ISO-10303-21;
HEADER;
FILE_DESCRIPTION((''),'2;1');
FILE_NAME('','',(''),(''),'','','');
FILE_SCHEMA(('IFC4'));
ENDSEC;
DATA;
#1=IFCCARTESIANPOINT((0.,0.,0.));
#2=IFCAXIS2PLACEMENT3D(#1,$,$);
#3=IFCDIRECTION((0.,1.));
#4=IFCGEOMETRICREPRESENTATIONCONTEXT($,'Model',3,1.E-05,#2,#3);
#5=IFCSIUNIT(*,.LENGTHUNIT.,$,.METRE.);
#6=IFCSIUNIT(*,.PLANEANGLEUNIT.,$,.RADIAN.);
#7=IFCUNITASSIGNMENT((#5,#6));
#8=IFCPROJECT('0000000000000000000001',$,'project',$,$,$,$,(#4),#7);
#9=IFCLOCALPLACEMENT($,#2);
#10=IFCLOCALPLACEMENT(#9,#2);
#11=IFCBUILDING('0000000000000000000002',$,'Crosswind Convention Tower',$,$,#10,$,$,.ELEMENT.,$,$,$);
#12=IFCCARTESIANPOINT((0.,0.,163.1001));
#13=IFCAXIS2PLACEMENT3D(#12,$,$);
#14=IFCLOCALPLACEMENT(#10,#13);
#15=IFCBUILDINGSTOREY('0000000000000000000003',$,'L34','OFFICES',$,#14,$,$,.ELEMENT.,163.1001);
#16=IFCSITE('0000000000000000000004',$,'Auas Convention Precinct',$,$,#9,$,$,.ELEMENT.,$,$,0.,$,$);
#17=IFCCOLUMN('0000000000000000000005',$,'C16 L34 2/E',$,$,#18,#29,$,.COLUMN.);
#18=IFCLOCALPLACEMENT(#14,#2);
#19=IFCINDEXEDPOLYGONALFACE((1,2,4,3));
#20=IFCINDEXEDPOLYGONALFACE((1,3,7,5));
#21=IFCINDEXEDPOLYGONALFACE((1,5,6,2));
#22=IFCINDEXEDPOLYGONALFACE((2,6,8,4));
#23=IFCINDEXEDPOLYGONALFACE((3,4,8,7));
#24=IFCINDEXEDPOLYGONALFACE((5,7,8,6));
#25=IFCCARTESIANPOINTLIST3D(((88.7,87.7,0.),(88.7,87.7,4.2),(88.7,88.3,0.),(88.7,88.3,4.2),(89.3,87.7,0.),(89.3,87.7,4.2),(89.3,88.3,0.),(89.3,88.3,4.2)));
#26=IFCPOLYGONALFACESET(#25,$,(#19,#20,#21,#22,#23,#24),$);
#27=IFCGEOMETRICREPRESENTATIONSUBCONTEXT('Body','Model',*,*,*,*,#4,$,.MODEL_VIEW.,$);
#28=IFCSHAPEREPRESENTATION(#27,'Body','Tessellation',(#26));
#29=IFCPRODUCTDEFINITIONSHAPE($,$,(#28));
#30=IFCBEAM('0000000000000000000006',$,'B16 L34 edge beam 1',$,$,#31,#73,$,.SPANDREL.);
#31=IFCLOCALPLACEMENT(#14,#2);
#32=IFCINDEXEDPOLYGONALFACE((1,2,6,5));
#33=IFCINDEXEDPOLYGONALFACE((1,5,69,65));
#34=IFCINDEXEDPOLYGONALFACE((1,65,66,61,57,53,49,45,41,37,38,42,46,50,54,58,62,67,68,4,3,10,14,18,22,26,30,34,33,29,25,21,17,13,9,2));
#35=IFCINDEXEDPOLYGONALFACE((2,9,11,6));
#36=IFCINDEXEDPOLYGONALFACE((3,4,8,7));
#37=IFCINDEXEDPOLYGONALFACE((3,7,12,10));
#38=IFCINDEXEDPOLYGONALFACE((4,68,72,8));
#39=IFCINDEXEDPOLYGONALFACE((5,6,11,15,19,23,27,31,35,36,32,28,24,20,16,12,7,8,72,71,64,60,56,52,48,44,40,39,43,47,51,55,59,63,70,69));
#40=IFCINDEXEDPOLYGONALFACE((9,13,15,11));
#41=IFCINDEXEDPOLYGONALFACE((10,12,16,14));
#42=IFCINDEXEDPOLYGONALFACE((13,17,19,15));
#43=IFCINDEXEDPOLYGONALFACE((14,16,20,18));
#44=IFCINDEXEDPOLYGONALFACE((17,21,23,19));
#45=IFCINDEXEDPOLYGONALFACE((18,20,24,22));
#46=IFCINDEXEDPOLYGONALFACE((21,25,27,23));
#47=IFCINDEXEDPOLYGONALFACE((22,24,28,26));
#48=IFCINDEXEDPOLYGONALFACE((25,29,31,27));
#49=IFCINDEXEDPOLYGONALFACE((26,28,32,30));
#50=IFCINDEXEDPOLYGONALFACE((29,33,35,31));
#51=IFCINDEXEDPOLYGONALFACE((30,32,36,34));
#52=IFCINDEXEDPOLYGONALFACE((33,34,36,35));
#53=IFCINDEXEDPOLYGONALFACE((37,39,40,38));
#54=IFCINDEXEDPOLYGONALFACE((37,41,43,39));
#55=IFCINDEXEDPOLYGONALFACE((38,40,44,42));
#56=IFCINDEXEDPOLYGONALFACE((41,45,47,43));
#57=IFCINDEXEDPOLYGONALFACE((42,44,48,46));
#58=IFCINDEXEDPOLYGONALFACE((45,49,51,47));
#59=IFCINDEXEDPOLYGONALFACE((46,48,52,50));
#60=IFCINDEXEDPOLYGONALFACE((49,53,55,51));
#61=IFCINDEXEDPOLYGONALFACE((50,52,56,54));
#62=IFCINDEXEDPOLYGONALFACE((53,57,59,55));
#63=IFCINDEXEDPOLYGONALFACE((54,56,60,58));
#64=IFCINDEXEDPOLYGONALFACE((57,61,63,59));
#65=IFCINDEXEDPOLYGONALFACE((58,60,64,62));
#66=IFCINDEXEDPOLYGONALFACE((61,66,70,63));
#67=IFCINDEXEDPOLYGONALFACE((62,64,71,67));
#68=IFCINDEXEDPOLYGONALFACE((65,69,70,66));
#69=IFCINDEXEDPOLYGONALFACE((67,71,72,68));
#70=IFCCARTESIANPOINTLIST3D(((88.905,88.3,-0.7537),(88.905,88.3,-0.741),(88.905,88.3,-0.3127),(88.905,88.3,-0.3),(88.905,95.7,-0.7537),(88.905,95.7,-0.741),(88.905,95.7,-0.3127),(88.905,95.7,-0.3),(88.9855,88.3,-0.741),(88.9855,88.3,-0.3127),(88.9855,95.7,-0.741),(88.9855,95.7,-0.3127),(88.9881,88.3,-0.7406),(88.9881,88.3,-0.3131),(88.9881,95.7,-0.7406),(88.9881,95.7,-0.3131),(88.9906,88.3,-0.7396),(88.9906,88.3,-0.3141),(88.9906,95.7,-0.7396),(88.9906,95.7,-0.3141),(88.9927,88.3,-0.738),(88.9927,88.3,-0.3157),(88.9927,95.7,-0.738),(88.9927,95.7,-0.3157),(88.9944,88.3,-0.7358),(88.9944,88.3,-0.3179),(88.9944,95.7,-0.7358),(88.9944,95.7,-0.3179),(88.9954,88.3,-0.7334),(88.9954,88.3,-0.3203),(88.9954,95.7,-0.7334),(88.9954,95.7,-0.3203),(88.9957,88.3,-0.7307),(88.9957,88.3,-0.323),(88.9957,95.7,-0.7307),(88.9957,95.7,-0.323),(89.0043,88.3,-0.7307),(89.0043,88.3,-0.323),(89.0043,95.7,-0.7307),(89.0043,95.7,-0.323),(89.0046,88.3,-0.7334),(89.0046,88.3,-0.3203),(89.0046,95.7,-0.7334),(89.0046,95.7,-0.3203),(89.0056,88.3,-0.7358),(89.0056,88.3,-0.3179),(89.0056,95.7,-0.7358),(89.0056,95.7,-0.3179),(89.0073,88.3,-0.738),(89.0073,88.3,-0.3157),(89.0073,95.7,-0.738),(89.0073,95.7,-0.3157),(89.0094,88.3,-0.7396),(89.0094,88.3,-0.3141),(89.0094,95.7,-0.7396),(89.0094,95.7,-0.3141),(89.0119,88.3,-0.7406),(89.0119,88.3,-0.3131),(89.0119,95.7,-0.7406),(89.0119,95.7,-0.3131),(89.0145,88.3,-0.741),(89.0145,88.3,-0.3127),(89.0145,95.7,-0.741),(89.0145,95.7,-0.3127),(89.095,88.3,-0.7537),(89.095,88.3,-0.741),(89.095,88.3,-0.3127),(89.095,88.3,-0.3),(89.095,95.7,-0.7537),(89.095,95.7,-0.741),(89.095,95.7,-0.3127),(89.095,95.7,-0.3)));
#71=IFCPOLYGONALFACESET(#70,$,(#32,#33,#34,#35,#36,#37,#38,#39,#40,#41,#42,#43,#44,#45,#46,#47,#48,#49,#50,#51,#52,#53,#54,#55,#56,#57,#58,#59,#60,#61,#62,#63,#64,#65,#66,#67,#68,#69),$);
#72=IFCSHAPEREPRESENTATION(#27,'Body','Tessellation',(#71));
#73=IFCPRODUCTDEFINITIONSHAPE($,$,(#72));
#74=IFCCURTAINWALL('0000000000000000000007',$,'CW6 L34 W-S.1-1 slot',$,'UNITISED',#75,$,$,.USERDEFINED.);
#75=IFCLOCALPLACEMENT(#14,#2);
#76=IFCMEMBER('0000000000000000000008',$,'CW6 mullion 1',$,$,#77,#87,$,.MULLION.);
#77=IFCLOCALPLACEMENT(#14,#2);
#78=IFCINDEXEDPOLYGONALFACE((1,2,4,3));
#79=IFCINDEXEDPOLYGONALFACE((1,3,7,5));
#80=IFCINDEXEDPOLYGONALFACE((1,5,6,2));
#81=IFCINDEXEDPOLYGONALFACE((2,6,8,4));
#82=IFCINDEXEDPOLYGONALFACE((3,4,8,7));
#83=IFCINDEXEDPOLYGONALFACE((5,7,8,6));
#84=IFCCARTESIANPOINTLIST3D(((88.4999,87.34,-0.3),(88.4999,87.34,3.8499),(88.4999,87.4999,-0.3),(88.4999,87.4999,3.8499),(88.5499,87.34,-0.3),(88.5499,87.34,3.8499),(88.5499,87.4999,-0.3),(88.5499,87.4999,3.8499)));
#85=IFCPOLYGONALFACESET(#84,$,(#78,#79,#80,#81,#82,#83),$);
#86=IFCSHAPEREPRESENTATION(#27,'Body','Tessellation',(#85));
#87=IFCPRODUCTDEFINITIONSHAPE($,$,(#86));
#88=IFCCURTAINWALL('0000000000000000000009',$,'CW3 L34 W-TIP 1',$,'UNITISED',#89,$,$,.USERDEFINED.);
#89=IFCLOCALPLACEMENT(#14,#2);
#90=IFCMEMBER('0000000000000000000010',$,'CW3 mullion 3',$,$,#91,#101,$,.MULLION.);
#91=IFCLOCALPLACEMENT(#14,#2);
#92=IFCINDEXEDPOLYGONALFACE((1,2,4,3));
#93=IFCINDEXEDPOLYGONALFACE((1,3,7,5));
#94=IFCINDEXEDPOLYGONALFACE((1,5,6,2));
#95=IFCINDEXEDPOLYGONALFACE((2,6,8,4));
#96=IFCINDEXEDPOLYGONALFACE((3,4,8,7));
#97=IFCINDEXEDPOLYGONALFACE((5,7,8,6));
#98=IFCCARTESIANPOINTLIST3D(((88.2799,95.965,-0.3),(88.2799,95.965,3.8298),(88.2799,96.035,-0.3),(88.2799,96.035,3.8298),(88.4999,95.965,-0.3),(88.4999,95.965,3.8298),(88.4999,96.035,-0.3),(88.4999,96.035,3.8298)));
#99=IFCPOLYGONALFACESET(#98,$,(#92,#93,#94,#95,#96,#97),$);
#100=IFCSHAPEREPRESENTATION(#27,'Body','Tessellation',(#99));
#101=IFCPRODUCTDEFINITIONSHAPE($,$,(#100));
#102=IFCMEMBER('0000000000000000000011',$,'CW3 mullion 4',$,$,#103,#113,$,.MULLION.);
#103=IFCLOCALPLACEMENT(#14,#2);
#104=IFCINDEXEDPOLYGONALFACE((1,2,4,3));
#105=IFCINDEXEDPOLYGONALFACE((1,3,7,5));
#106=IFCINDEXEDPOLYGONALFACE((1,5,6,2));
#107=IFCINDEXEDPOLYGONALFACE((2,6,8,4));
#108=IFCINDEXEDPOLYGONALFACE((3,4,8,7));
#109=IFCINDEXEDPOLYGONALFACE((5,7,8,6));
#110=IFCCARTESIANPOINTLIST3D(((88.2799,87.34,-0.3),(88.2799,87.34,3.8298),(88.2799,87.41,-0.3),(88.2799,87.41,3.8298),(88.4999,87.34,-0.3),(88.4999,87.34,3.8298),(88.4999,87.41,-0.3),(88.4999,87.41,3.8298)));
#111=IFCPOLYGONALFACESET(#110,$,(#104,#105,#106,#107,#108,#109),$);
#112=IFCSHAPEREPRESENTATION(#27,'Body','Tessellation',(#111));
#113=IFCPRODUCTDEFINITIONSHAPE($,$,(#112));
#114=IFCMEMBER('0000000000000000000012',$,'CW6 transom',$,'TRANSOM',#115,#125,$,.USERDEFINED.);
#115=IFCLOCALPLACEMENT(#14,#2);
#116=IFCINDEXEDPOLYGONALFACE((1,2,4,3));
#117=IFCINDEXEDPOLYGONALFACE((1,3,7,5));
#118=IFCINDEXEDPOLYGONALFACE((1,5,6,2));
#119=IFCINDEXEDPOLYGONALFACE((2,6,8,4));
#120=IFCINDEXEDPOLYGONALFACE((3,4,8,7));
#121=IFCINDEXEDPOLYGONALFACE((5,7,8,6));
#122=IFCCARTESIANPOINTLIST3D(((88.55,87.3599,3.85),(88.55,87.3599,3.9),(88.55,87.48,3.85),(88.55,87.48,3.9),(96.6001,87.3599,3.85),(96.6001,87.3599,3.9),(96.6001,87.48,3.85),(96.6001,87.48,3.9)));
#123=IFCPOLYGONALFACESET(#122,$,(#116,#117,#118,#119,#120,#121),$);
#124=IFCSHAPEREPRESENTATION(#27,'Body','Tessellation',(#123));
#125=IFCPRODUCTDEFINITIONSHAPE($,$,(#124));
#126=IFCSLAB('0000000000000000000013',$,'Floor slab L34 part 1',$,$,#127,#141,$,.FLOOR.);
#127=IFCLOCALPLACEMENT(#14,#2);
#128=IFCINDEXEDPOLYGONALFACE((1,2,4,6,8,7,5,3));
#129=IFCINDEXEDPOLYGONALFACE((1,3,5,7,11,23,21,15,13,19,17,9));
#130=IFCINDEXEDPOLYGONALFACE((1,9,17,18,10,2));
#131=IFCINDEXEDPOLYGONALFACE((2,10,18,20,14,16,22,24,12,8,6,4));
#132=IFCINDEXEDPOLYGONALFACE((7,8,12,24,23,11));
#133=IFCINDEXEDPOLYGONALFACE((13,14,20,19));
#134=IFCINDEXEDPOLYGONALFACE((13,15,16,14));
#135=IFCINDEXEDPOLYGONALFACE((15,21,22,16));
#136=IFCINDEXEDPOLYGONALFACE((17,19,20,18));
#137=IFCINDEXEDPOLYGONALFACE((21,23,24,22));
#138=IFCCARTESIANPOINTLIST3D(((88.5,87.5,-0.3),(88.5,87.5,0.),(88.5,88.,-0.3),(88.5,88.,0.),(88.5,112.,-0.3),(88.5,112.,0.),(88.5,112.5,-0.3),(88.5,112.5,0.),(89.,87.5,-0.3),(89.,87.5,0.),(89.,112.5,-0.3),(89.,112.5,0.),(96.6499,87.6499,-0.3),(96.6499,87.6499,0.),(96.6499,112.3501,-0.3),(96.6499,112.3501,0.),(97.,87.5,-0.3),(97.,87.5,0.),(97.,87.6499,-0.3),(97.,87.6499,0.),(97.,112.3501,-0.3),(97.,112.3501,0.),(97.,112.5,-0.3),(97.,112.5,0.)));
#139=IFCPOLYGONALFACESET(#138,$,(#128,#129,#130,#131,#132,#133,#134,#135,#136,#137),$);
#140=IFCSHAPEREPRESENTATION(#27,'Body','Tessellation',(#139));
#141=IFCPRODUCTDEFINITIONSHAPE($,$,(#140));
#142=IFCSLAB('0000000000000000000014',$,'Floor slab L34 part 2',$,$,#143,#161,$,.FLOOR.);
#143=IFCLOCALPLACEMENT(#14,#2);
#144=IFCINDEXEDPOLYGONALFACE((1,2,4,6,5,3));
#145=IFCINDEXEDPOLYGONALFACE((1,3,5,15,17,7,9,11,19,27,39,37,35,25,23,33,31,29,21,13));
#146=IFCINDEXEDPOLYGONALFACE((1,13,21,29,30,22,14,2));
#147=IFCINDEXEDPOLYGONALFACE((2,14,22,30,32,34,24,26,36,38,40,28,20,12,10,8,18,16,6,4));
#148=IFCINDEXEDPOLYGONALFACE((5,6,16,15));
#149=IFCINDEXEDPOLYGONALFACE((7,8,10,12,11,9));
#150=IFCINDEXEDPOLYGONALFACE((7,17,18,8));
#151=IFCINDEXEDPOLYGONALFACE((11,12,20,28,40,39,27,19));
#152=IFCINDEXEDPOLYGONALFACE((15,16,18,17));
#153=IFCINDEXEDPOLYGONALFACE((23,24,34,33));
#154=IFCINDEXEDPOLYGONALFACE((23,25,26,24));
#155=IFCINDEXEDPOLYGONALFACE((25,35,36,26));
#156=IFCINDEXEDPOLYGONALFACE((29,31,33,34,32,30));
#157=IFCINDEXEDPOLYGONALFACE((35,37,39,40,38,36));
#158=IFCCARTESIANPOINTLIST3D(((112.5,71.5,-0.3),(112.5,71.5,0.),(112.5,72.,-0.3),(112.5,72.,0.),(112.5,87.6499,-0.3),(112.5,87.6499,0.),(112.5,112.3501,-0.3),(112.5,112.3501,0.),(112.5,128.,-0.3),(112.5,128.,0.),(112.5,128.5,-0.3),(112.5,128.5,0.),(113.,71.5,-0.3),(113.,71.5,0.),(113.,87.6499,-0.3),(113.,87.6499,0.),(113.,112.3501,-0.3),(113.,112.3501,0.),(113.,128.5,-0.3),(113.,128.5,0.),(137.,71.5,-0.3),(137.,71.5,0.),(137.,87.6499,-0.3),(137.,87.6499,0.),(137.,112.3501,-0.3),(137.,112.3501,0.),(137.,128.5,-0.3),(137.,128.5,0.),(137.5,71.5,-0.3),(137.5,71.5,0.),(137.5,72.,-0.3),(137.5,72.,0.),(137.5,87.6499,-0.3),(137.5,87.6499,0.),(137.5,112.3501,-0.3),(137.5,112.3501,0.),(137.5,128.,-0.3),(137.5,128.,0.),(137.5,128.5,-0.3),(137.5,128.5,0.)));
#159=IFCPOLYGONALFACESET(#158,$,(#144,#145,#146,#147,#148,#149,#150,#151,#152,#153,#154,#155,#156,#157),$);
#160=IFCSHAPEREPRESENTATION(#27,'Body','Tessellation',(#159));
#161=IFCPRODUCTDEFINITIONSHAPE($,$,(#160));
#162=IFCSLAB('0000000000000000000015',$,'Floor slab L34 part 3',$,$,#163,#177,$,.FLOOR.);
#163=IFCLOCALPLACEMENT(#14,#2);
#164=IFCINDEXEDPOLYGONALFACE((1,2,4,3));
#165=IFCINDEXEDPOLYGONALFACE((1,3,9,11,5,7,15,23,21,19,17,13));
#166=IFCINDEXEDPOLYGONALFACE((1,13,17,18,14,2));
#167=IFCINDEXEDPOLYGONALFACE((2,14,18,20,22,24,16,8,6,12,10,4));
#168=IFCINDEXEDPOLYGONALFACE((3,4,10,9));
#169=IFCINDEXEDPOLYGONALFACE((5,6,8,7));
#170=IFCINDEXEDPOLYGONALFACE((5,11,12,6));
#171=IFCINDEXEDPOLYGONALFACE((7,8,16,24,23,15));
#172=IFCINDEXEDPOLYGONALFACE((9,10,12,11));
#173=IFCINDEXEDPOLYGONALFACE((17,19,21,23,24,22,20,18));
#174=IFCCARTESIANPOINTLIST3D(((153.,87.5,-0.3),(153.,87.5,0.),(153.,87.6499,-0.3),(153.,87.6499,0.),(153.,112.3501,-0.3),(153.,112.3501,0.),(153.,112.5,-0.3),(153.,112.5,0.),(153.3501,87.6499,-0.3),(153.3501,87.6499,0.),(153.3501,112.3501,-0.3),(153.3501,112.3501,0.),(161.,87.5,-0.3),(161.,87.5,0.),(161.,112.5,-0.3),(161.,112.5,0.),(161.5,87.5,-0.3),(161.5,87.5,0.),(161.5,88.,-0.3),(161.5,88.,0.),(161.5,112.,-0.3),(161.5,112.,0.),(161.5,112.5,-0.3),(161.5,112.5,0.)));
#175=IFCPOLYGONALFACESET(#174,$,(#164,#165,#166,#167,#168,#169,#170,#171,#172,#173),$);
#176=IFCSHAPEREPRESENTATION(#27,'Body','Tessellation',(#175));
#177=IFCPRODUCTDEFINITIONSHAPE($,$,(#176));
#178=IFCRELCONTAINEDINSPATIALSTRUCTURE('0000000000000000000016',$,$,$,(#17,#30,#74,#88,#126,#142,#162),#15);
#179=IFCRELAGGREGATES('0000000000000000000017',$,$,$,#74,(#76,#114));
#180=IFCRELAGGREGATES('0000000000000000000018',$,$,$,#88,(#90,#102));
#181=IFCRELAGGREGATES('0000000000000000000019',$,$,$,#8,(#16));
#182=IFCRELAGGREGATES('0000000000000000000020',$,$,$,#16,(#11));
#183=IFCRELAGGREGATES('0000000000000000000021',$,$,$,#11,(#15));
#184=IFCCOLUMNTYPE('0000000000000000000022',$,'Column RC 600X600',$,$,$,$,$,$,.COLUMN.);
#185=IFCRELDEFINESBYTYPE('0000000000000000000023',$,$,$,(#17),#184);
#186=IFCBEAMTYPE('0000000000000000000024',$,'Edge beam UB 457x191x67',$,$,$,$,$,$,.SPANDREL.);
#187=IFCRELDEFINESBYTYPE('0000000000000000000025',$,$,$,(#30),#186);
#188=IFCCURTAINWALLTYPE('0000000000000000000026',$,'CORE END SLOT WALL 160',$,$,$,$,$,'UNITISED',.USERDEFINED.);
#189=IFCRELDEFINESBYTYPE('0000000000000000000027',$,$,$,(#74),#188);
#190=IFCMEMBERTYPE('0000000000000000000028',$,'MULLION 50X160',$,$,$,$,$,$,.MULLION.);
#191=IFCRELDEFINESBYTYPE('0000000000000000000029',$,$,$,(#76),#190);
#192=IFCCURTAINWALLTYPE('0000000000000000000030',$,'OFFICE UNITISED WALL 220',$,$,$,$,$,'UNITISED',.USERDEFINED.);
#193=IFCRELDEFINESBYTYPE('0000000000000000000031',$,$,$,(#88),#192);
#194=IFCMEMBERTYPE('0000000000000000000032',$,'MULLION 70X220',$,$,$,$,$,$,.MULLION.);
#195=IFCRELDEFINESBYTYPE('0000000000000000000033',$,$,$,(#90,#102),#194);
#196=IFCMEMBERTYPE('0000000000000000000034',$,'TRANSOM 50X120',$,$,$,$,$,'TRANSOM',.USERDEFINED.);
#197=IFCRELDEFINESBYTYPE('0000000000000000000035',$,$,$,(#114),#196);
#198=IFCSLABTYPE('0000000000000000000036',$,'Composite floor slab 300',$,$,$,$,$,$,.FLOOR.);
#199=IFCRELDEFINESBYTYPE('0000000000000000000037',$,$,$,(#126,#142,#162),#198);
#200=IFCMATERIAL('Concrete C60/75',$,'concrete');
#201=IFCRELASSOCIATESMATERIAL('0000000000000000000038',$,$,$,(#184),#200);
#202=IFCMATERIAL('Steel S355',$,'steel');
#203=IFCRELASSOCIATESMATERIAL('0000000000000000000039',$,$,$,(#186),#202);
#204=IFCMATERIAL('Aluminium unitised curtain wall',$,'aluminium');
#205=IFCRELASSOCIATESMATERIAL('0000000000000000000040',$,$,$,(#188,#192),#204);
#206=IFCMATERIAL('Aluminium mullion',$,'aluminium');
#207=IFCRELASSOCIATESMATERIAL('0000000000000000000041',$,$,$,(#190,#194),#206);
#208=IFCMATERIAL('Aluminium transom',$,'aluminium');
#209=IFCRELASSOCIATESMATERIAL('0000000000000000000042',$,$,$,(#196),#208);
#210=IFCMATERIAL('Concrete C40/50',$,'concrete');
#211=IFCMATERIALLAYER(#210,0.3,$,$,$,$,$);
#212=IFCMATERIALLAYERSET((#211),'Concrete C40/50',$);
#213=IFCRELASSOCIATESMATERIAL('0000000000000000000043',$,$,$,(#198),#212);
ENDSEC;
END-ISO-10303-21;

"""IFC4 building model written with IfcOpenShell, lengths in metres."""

from ifc_helpers import new_model, si_unit, direction, frame, origin, origin_2d, place, context, subcontext, project, spatial, polyline, rectangle, i_section, outline, extrude, material, layer, layer_set, material_profile, profile_set, type_object, element, aggregate, save


model = new_model("IFC4")

# Units and contexts
model_context = context("Model", 3, precision=1e-05, world=origin(), true_north=direction((0.0, 1.0)))
body_context = subcontext(model_context, "Body", "Model", "MODEL_VIEW")
ifc_project = project(units=[si_unit("LENGTHUNIT", "METRE"), si_unit("PLANEANGLEUNIT", "RADIAN")], contexts=[model_context])

# Site, building, storey
site_placement = place(None, origin())
site = spatial("IfcSite", under=ifc_project, at=site_placement, Name="Auas Convention Precinct", CompositionType="ELEMENT", RefElevation=0.0)
building_placement = place(site_placement, origin())
building = spatial("IfcBuilding", under=site, at=building_placement, Name="Crosswind Convention Tower", CompositionType="ELEMENT")
storey_placement = place(building_placement, frame((0.0, 0.0, 163.1001)))
storey = spatial("IfcBuildingStorey", under=building, at=storey_placement, Name="L34", Description="OFFICES", CompositionType="ELEMENT", Elevation=163.1001)

# Column
ifc_material_1 = material(Name="Concrete C60/75", Category="concrete")
ifc_material_profile_1 = material_profile(ifc_material_1, rectangle(XDim=0.6001, YDim=0.6001, at=origin_2d()), Name="RC 600X600")
ifc_profile_set_1 = profile_set([ifc_material_profile_1], Name="Concrete C60/75")
column_type = type_object("IfcColumnType", Name="Column RC 600X600", PredefinedType="COLUMN", material=ifc_profile_set_1)
column_placement = place(storey_placement, frame((89.0, 88.0, 0.0), z_axis=(0.0, 0.0, 1.0), x_axis=(1.0, 0.0, 0.0)))
element("IfcColumn", 1, at=column_placement, inside=storey, type_object=column_type, Name="C16 L34 2/E", PredefinedType="COLUMN", context=body_context, shape_type="SweptSolid", body=[
    extrude(rectangle(XDim=0.6001, YDim=0.6001, at=origin_2d()), origin(), (0.0, 0.0, 1.0), 4.2),
])

# Beam
ifc_material_2 = material(Name="Steel S355", Category="steel")
ifc_material_profile_2 = material_profile(ifc_material_2, i_section(OverallWidth=0.1899, OverallDepth=0.4536, WebThickness=0.0085, FlangeThickness=0.0127, FilletRadius=0.0103, at=origin_2d()), Name="UB 457x191x67")
ifc_profile_set_2 = profile_set([ifc_material_profile_2], Name="Steel S355")
beam_type = type_object("IfcBeamType", Name="Edge beam UB 457x191x67", PredefinedType="SPANDREL", material=ifc_profile_set_2)
beam_placement = place(storey_placement, frame((89.0, 88.3, -0.5269), z_axis=(0.0, 1.0, 0.0), x_axis=(-1.0, 0.0, 0.0)))
element("IfcBeam", 2, at=beam_placement, inside=storey, type_object=beam_type, Name="B16 L34 edge beam 1", PredefinedType="SPANDREL", context=body_context, shape_type="SweptSolid", body=[
    extrude(i_section(OverallWidth=0.1899, OverallDepth=0.4536, WebThickness=0.0085, FlangeThickness=0.0127, FilletRadius=0.0103, at=origin_2d()), origin(), (0.0, 0.0, 1.0), 7.3999),
])

# Curtain wall, member
ifc_material_3 = material(Name="Aluminium unitised curtain wall", Category="aluminium")
curtain_wall_type_1 = type_object("IfcCurtainWallType", Name="CORE END SLOT WALL 160", ElementType="UNITISED", PredefinedType="USERDEFINED", material=ifc_material_3)
curtain_wall_1_placement = place(storey_placement, origin())
curtain_wall_1 = element("IfcCurtainWall", 3, at=curtain_wall_1_placement, inside=storey, type_object=curtain_wall_type_1, Name="CW6 L34 W-S.1-1 slot", ObjectType="UNITISED", PredefinedType="USERDEFINED")
ifc_material_4 = material(Name="Aluminium mullion", Category="aluminium")
ifc_material_profile_3 = material_profile(ifc_material_4, rectangle(XDim=0.1599, YDim=0.05, at=origin_2d()), Name="AL 160X50")
ifc_profile_set_3 = profile_set([ifc_material_profile_3], Name="Aluminium mullion")
member_type_1 = type_object("IfcMemberType", Name="MULLION 50X160", PredefinedType="MULLION", material=ifc_profile_set_3)
member_1_placement = place(storey_placement, frame((88.5249, 87.4199, -0.3), z_axis=(0.0, 0.0, 1.0), x_axis=(0.0, -1.0, 0.0)))
member_1 = element("IfcMember", 4, at=member_1_placement, type_object=member_type_1, Name="CW6 mullion 1", PredefinedType="MULLION", context=body_context, shape_type="SweptSolid", body=[
    extrude(rectangle(XDim=0.1599, YDim=0.05, at=origin_2d()), origin(), (0.0, 0.0, 1.0), 4.1499),
])

# Curtain wall, members
curtain_wall_type_2 = type_object("IfcCurtainWallType", Name="OFFICE UNITISED WALL 220", ElementType="UNITISED", PredefinedType="USERDEFINED", material=ifc_material_3)
curtain_wall_2_placement = place(storey_placement, origin())
curtain_wall_2 = element("IfcCurtainWall", 5, at=curtain_wall_2_placement, inside=storey, type_object=curtain_wall_type_2, Name="CW3 L34 W-TIP 1", ObjectType="UNITISED", PredefinedType="USERDEFINED")
ifc_material_profile_4 = material_profile(ifc_material_4, rectangle(XDim=0.22, YDim=0.0701, at=origin_2d()), Name="AL 220X70")
ifc_profile_set_4 = profile_set([ifc_material_profile_4], Name="Aluminium mullion")
member_type_2 = type_object("IfcMemberType", Name="MULLION 70X220", PredefinedType="MULLION", material=ifc_profile_set_4)
member_2_placement = place(storey_placement, frame((88.3899, 96.0, -0.3), z_axis=(0.0, 0.0, 1.0), x_axis=(-1.0, 0.0, 0.0)))
member_2 = element("IfcMember", 6, at=member_2_placement, type_object=member_type_2, Name="CW3 mullion 3", PredefinedType="MULLION", context=body_context, shape_type="SweptSolid", body=[
    extrude(rectangle(XDim=0.22, YDim=0.0701, at=origin_2d()), origin(), (0.0, 0.0, 1.0), 4.1299),
])
member_3_placement = place(storey_placement, frame((88.3899, 87.375, -0.3), z_axis=(0.0, 0.0, 1.0), x_axis=(-1.0, 0.0, 0.0)))
member_3 = element("IfcMember", 7, at=member_3_placement, type_object=member_type_2, Name="CW3 mullion 4", PredefinedType="MULLION", context=body_context, shape_type="SweptSolid", body=[
    extrude(rectangle(XDim=0.22, YDim=0.0701, at=origin_2d()), origin(), (0.0, 0.0, 1.0), 4.1299),
])

# Member
ifc_material_5 = material(Name="Aluminium transom", Category="aluminium")
ifc_material_profile_5 = material_profile(ifc_material_5, rectangle(XDim=0.1201, YDim=0.05, at=origin_2d()), Name="AL 120X50")
ifc_profile_set_5 = profile_set([ifc_material_profile_5], Name="Aluminium transom")
member_type_3 = type_object("IfcMemberType", Name="TRANSOM 50X120", ElementType="TRANSOM", PredefinedType="USERDEFINED", material=ifc_profile_set_5)
member_4_placement = place(storey_placement, frame((88.55, 87.4199, 3.875), z_axis=(1.0, 0.0, 0.0), x_axis=(0.0, 1.0, 0.0)))
member_4 = element("IfcMember", 8, at=member_4_placement, type_object=member_type_3, Name="CW6 transom", ObjectType="TRANSOM", PredefinedType="USERDEFINED", context=body_context, shape_type="SweptSolid", body=[
    extrude(rectangle(XDim=0.1201, YDim=0.05, at=origin_2d()), origin(), (0.0, 0.0, 1.0), 8.05),
])

# Slabs
ifc_material_6 = material(Name="Concrete C40/50", Category="concrete")
ifc_layer_1 = layer(ifc_material_6, 0.3)
ifc_layer_set_1 = layer_set([ifc_layer_1], Name="Concrete C40/50")
slab_type_1 = type_object("IfcSlabType", Name="Composite floor slab 300", PredefinedType="FLOOR", material=ifc_layer_set_1)
slab_1_placement = place(storey_placement, frame((0.0, 0.0, -0.3)))
element("IfcSlab", 9, at=slab_1_placement, inside=storey, type_object=slab_type_1, Name="Floor slab L34 part 1", PredefinedType="FLOOR", context=body_context, shape_type="SweptSolid", body=[
    extrude(outline(polyline([(97.0, 87.5), (89.0, 87.5), (88.5, 87.5), (88.5, 88.0), (88.5, 112.0), (88.5, 112.5), (89.0, 112.5), (97.0, 112.5), (97.0, 112.3501), (96.6499, 112.3501), (96.6499, 87.6499), (97.0, 87.6499), (97.0, 87.5)])), origin(), (0.0, 0.0, 1.0), 0.3),
])
slab_2_placement = place(storey_placement, frame((0.0, 0.0, -0.3)))
element("IfcSlab", 10, at=slab_2_placement, inside=storey, type_object=slab_type_1, Name="Floor slab L34 part 2", PredefinedType="FLOOR", context=body_context, shape_type="SweptSolid", body=[
    extrude(outline(polyline([(112.5, 87.6499), (113.0, 87.6499), (113.0, 112.3501), (112.5, 112.3501), (112.5, 128.0), (112.5, 128.5), (113.0, 128.5), (137.0, 128.5), (137.5, 128.5), (137.5, 128.0), (137.5, 112.3501), (137.0, 112.3501), (137.0, 87.6499), (137.5, 87.6499), (137.5, 72.0), (137.5, 71.5), (137.0, 71.5), (113.0, 71.5), (112.5, 71.5), (112.5, 72.0), (112.5, 87.6499)])), origin(), (0.0, 0.0, 1.0), 0.3),
])
slab_3_placement = place(storey_placement, frame((0.0, 0.0, -0.3)))
element("IfcSlab", 11, at=slab_3_placement, inside=storey, type_object=slab_type_1, Name="Floor slab L34 part 3", PredefinedType="FLOOR", context=body_context, shape_type="SweptSolid", body=[
    extrude(outline(polyline([(153.0, 112.5), (161.0, 112.5), (161.5, 112.5), (161.5, 112.0), (161.5, 88.0), (161.5, 87.5), (161.0, 87.5), (153.0, 87.5), (153.0, 87.6499), (153.3501, 87.6499), (153.3501, 112.3501), (153.0, 112.3501), (153.0, 112.5)])), origin(), (0.0, 0.0, 1.0), 0.3),
])

aggregate(curtain_wall_1, [member_1, member_4])
aggregate(curtain_wall_2, [member_2, member_3])

save(model, "model.ifc")
